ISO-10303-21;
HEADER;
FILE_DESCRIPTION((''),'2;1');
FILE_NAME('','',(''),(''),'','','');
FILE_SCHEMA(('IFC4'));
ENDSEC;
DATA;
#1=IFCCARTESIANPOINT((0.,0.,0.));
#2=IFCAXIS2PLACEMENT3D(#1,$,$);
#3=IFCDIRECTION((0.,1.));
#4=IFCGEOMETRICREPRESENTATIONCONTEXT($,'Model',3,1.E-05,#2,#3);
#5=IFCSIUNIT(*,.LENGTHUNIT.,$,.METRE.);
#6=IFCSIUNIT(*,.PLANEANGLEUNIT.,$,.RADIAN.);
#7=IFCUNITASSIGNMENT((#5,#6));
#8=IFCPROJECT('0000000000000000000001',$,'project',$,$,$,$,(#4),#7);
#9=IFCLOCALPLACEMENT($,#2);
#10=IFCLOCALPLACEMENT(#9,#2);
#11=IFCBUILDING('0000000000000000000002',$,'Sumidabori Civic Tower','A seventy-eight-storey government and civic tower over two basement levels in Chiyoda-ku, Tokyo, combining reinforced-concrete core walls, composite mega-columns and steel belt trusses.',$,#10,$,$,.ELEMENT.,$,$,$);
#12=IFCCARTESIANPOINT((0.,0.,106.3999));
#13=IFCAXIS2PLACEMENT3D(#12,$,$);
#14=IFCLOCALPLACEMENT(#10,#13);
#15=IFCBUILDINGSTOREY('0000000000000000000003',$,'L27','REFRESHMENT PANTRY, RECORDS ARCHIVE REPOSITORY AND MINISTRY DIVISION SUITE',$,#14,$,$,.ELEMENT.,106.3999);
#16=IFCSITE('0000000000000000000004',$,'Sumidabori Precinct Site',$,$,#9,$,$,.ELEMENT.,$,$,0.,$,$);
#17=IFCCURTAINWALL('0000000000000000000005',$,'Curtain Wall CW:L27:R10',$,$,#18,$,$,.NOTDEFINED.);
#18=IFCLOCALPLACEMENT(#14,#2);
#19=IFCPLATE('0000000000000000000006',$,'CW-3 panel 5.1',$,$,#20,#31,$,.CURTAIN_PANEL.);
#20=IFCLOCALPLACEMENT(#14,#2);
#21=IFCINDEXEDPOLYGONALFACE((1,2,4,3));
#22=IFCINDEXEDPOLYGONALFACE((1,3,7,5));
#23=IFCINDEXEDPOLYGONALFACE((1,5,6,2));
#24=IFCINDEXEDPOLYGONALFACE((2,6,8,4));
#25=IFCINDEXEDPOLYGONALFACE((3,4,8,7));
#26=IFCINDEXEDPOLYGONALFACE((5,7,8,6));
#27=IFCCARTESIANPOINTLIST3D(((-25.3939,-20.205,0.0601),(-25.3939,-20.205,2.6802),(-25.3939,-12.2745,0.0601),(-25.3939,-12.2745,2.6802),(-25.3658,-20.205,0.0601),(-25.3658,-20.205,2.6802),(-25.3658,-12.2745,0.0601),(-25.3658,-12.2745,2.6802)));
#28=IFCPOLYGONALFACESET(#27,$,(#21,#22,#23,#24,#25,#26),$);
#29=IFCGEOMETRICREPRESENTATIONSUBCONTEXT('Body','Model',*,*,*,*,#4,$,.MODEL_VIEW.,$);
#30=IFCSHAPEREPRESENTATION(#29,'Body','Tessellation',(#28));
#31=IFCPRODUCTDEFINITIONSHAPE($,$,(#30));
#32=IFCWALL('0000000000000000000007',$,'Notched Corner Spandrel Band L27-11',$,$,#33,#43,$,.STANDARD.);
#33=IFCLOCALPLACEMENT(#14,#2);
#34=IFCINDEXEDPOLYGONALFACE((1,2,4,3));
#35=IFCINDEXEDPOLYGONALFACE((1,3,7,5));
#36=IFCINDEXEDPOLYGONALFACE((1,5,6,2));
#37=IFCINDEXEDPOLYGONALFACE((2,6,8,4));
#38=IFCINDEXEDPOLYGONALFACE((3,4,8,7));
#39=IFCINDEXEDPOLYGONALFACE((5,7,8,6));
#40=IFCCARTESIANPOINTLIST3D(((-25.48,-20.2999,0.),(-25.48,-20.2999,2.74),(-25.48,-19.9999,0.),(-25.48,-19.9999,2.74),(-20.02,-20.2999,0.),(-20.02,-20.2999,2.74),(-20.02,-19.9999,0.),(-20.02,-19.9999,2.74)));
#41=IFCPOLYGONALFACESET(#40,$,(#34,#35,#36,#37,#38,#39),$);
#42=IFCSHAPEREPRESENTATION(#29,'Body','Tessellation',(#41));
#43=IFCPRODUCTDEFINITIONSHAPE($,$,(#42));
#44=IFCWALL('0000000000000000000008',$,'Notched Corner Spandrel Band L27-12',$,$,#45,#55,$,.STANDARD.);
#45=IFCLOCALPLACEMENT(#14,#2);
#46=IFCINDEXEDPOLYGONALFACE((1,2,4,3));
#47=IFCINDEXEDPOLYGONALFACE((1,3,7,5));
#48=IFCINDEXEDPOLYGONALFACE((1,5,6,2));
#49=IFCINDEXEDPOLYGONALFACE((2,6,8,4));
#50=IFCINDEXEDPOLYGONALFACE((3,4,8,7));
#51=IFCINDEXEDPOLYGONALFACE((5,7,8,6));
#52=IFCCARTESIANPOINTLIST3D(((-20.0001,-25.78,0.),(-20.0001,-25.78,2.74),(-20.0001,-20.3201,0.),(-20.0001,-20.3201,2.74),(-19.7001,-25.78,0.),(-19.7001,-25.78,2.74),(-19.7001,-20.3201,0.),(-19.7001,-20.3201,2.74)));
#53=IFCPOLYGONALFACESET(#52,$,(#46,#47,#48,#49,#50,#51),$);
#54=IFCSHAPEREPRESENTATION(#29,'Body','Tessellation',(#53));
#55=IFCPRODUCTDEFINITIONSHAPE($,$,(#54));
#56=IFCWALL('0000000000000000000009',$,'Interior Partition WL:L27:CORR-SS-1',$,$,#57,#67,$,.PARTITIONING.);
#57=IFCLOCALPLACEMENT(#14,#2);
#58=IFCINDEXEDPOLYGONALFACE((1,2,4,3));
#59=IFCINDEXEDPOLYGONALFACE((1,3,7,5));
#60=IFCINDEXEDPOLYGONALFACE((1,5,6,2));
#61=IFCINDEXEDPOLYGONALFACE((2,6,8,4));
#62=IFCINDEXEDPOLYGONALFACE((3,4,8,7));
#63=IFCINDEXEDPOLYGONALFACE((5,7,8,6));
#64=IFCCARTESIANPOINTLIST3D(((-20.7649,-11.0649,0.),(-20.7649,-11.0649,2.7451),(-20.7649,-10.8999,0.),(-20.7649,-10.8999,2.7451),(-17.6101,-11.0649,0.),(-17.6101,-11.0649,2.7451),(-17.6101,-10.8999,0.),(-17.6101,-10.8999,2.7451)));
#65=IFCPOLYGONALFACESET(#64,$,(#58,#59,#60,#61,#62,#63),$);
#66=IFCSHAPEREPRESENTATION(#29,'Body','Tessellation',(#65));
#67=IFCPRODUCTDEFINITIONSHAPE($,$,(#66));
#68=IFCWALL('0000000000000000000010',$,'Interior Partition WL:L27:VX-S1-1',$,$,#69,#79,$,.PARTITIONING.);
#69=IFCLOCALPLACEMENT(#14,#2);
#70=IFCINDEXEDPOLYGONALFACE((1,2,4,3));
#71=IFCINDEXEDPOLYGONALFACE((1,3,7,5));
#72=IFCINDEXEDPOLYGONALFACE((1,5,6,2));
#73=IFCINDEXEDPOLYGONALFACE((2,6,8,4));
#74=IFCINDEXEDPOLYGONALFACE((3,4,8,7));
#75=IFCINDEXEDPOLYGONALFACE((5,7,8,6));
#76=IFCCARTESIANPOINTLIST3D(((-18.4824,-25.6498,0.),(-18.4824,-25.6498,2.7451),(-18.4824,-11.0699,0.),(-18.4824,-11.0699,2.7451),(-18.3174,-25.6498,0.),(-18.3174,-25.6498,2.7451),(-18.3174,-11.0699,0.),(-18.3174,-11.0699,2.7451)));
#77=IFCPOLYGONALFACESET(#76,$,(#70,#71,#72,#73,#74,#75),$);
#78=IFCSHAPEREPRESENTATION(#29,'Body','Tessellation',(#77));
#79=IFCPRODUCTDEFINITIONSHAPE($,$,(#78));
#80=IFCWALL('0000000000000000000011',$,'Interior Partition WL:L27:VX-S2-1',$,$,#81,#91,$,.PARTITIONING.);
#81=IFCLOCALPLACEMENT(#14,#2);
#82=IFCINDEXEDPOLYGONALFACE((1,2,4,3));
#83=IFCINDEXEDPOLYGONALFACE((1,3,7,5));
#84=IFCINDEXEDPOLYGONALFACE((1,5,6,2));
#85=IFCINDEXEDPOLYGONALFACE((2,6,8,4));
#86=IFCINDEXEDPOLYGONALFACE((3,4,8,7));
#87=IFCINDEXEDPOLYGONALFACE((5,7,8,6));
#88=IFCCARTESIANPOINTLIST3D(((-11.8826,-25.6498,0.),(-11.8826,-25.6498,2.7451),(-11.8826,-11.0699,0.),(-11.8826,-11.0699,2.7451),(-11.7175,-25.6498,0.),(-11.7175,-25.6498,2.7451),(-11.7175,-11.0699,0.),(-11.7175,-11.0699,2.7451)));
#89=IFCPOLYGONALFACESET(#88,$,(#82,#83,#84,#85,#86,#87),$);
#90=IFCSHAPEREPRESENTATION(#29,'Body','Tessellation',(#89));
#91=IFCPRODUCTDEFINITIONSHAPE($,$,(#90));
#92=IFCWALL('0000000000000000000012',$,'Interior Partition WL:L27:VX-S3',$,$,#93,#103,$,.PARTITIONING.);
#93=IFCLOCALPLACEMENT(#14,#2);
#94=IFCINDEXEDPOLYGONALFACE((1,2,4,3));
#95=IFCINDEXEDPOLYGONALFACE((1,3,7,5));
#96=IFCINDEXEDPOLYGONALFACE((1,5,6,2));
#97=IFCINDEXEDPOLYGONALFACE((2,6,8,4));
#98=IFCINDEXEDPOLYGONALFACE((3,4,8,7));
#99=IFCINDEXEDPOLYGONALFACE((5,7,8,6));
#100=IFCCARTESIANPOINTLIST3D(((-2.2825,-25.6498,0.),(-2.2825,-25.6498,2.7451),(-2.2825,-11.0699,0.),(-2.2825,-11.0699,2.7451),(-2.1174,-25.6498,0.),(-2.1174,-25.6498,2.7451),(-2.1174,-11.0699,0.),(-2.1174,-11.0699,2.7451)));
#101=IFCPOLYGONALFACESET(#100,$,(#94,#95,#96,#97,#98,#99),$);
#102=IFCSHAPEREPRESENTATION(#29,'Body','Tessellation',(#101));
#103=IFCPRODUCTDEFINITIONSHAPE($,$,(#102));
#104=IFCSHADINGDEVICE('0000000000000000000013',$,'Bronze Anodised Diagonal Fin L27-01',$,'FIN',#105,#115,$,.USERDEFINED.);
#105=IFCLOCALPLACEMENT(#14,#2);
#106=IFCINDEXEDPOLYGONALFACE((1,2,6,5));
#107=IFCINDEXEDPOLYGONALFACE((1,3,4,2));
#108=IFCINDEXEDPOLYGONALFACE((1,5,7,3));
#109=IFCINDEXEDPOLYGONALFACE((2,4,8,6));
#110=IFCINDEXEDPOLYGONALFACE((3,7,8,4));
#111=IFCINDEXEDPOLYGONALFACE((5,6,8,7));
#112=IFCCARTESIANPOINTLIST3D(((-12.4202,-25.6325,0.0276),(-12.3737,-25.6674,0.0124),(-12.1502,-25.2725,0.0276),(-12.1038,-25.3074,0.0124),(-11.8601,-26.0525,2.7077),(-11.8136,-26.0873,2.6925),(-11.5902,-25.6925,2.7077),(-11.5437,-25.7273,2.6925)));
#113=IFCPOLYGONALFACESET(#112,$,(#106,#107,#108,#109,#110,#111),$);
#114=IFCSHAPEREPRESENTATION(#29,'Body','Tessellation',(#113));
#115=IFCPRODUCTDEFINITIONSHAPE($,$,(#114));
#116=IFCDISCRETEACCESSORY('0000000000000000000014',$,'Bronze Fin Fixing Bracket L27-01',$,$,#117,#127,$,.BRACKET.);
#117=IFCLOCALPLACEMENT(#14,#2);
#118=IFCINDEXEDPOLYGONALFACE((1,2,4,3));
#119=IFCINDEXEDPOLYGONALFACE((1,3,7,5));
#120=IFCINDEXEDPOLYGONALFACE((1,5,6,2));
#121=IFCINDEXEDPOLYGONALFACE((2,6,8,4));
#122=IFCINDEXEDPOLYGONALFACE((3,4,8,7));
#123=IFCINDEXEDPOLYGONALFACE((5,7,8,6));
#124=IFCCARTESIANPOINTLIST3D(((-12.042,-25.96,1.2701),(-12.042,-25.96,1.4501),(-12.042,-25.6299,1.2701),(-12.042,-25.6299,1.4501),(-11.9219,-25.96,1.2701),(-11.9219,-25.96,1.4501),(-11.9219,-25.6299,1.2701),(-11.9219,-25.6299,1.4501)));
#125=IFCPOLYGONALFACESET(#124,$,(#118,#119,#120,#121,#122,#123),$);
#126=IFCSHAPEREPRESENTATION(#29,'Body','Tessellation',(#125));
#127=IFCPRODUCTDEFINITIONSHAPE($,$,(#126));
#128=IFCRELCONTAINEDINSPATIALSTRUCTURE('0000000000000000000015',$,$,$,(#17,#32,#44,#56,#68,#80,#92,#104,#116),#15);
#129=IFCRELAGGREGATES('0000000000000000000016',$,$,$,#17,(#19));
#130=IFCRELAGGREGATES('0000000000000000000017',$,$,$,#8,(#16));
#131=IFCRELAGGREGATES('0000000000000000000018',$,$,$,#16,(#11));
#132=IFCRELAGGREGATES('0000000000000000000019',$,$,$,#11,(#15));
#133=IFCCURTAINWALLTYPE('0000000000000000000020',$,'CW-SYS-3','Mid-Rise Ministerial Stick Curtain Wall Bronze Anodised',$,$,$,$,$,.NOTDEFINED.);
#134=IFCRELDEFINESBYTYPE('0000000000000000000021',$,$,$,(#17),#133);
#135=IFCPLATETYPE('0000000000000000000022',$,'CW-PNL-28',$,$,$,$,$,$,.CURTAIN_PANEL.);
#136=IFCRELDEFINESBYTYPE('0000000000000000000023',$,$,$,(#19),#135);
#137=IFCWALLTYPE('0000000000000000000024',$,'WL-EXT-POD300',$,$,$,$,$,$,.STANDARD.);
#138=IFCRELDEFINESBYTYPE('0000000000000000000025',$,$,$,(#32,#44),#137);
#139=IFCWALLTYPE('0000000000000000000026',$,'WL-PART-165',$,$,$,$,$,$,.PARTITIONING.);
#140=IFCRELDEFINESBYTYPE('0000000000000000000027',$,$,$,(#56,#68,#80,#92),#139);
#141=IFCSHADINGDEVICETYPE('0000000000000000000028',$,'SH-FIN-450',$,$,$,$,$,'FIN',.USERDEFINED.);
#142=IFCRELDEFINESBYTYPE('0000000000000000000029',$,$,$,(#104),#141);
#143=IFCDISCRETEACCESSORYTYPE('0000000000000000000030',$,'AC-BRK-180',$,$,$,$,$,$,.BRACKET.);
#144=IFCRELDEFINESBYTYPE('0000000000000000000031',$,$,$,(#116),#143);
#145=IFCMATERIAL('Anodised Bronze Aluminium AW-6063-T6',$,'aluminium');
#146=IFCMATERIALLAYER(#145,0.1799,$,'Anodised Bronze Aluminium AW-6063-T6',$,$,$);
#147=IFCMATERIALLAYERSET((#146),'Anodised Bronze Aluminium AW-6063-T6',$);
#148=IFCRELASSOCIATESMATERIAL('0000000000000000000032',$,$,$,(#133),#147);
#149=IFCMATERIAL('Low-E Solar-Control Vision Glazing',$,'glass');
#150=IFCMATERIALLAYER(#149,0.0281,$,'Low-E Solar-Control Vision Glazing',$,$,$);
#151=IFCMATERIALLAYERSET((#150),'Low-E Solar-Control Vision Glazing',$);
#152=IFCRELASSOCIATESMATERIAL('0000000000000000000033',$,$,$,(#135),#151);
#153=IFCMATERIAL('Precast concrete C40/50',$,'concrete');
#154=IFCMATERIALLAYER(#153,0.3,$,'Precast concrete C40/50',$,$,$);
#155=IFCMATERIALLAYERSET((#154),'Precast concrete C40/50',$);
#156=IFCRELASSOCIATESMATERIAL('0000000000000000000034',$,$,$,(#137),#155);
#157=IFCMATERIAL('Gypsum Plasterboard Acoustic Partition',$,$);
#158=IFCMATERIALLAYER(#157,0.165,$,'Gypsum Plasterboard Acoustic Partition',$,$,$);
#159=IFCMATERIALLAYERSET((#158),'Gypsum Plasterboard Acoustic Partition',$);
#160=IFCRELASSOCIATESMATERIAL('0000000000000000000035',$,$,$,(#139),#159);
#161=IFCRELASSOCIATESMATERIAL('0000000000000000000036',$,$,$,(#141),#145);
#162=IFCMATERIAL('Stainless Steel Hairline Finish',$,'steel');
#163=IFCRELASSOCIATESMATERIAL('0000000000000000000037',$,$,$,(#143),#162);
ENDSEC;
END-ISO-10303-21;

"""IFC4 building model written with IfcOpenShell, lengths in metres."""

from ifc_helpers import new_model, si_unit, direction, frame, frame_2d, origin, origin_2d, place, context, subcontext, project, spatial, rectangle, extrude, source, transform, mapped, material, layer, layer_set, material_profile, profile_set, type_object, element, aggregate, save


model = new_model("IFC4")

# Units and contexts
model_context = context("Model", 3, precision=1e-05, world=origin(), true_north=direction((0.0, 1.0)))
body_context = subcontext(model_context, "Body", "Model", "MODEL_VIEW")
ifc_project = project(units=[si_unit("LENGTHUNIT", "METRE"), si_unit("PLANEANGLEUNIT", "RADIAN")], contexts=[model_context])

# Site, building, storey
site_placement = place(None, origin())
site = spatial("IfcSite", under=ifc_project, at=site_placement, Name="Sumidabori Precinct Site", CompositionType="ELEMENT", RefElevation=0.0)
building_placement = place(site_placement, origin())
building = spatial("IfcBuilding", under=site, at=building_placement, Name="Sumidabori Civic Tower", Description="A seventy-eight-storey government and civic tower over two basement levels in Chiyoda-ku, Tokyo, combining reinforced-concrete core walls, composite mega-columns and steel belt trusses.", CompositionType="ELEMENT")
storey_placement = place(building_placement, frame((0.0, 0.0, 106.3999)))
storey = spatial("IfcBuildingStorey", under=building, at=storey_placement, Name="L27", Description="REFRESHMENT PANTRY, RECORDS ARCHIVE REPOSITORY AND MINISTRY DIVISION SUITE", CompositionType="ELEMENT", Elevation=106.3999)

# Curtain wall
ifc_material_1 = material(Name="Anodised Bronze Aluminium AW-6063-T6", Category="aluminium")
ifc_layer_1 = layer(ifc_material_1, 0.1799, Name="Anodised Bronze Aluminium AW-6063-T6")
ifc_layer_set_1 = layer_set([ifc_layer_1], Name="Anodised Bronze Aluminium AW-6063-T6")
curtain_wall_type = type_object("IfcCurtainWallType", Name="CW-SYS-3", Description="Mid-Rise Ministerial Stick Curtain Wall Bronze Anodised", PredefinedType="NOTDEFINED", material=ifc_layer_set_1)
curtain_wall_1_placement = place(storey_placement, origin())
curtain_wall_1 = element("IfcCurtainWall", 1, at=curtain_wall_1_placement, inside=storey, type_object=curtain_wall_type, Name="Curtain Wall CW:L27:R10", PredefinedType="NOTDEFINED")

# Plate
ifc_material_2 = material(Name="Low-E Solar-Control Vision Glazing", Category="glass")
ifc_layer_2 = layer(ifc_material_2, 0.0281, Name="Low-E Solar-Control Vision Glazing")
ifc_layer_set_2 = layer_set([ifc_layer_2], Name="Low-E Solar-Control Vision Glazing")
plate_type = type_object("IfcPlateType", Name="CW-PNL-28", PredefinedType="CURTAIN_PANEL", material=ifc_layer_set_2)
shared_shape_1 = source(origin(), body_context, "Body", "SweptSolid", [
    extrude(rectangle(XDim=7.9304, YDim=0.0281, at=origin_2d()), origin(), (0.0, 0.0, 1.0), 2.6201),
])
plate_1_placement = place(storey_placement, frame((-25.3799, -16.2397, 0.0601), z_axis=(0.0, 0.0, 1.0), x_axis=(0.0, -1.0, 0.0)))
plate_1 = element("IfcPlate", 2, at=plate_1_placement, type_object=plate_type, Name="CW-3 panel 5.1", PredefinedType="CURTAIN_PANEL", context=body_context, shape_type="MappedRepresentation", body=[
    mapped(shared_shape_1, transform((0.0, 0.0, 0.0), x_axis=(1.0, 0.0, 0.0), y_axis=(0.0, 1.0, 0.0), z_axis=(0.0, 0.0, 1.0), scale=1.0)),
])
aggregate(curtain_wall_1, [plate_1])

# Walls
ifc_material_3 = material(Name="Precast concrete C40/50", Category="concrete")
ifc_layer_3 = layer(ifc_material_3, 0.3, Name="Precast concrete C40/50")
ifc_layer_set_3 = layer_set([ifc_layer_3], Name="Precast concrete C40/50")
wall_type_1 = type_object("IfcWallType", Name="WL-EXT-POD300", PredefinedType="STANDARD", material=ifc_layer_set_3)
shared_shape_2 = source(origin(), body_context, "Body", "SweptSolid", [
    extrude(rectangle(XDim=5.46, YDim=0.3, at=frame_2d((2.73, 0.0))), origin(), (0.0, 0.0, 1.0), 2.74),
])
for number, where, z_axis, x_axis, name in (
    (3, (-25.48, -20.1499, 0.0), (0.0, 0.0, 1.0), (1.0, 0.0, 0.0), "Notched Corner Spandrel Band L27-11"),
    (4, (-19.8501, -20.3201, 0.0), (0.0, 0.0, 1.0), (0.0, -1.0, 0.0), "Notched Corner Spandrel Band L27-12"),
):
    element("IfcWall", number, at=place(storey_placement, frame(where, z_axis=z_axis, x_axis=x_axis)), inside=storey, type_object=wall_type_1, Name=name, PredefinedType="STANDARD", context=body_context, shape_type="MappedRepresentation", body=[
        mapped(shared_shape_2, transform((0.0, 0.0, 0.0), x_axis=(1.0, 0.0, 0.0), y_axis=(0.0, 1.0, 0.0), z_axis=(0.0, 0.0, 1.0), scale=1.0)),
    ])
ifc_material_4 = material(Name="Gypsum Plasterboard Acoustic Partition")
ifc_layer_4 = layer(ifc_material_4, 0.165, Name="Gypsum Plasterboard Acoustic Partition")
ifc_layer_set_4 = layer_set([ifc_layer_4], Name="Gypsum Plasterboard Acoustic Partition")
wall_type_2 = type_object("IfcWallType", Name="WL-PART-165", PredefinedType="PARTITIONING", material=ifc_layer_set_4)
shared_shape_3 = source(origin(), body_context, "Body", "SweptSolid", [
    extrude(rectangle(XDim=3.1548, YDim=0.165, at=frame_2d((1.5774, 0.0))), origin(), (0.0, 0.0, 1.0), 2.7451),
])
wall_placement = place(storey_placement, frame((-20.7649, -10.9824, 0.0), z_axis=(0.0, 0.0, 1.0), x_axis=(1.0, 0.0, 0.0)))
element("IfcWall", 5, at=wall_placement, inside=storey, type_object=wall_type_2, Name="Interior Partition WL:L27:CORR-SS-1", PredefinedType="PARTITIONING", context=body_context, shape_type="MappedRepresentation", body=[
    mapped(shared_shape_3, transform((0.0, 0.0, 0.0), x_axis=(1.0, 0.0, 0.0), y_axis=(0.0, 1.0, 0.0), z_axis=(0.0, 0.0, 1.0), scale=1.0)),
])
shared_shape_4 = source(origin(), body_context, "Body", "SweptSolid", [
    extrude(rectangle(XDim=14.5798, YDim=0.165, at=frame_2d((7.29, 0.0))), origin(), (0.0, 0.0, 1.0), 2.7451),
])
for number, where, z_axis, x_axis, name in (
    (6, (-18.3999, -25.6499, 0.0), (0.0, 0.0, 1.0), (0.0, 1.0, 0.0), "Interior Partition WL:L27:VX-S1-1"),
    (7, (-11.8, -25.6499, 0.0), (0.0, 0.0, 1.0), (0.0, 1.0, 0.0), "Interior Partition WL:L27:VX-S2-1"),
    (8, (-2.2, -25.6499, 0.0), (0.0, 0.0, 1.0), (0.0, 1.0, 0.0), "Interior Partition WL:L27:VX-S3"),
):
    element("IfcWall", number, at=place(storey_placement, frame(where, z_axis=z_axis, x_axis=x_axis)), inside=storey, type_object=wall_type_2, Name=name, PredefinedType="PARTITIONING", context=body_context, shape_type="MappedRepresentation", body=[
        mapped(shared_shape_4, transform((0.0, 0.0, 0.0), x_axis=(1.0, 0.0, 0.0), y_axis=(0.0, 1.0, 0.0), z_axis=(0.0, 0.0, 1.0), scale=1.0)),
    ])

# Shading device
ifc_material_profile_1 = material_profile(ifc_material_1, rectangle(XDim=0.0601, YDim=0.45, at=origin_2d()), Name="BRONZE FIN 450x60")
ifc_profile_set_1 = profile_set([ifc_material_profile_1], Name="Anodised Bronze Aluminium AW-6063-T6")
shading_device_type = type_object("IfcShadingDeviceType", Name="SH-FIN-450", ElementType="FIN", PredefinedType="USERDEFINED", material=ifc_profile_set_1)
shared_shape_5 = source(origin(), body_context, "Body", "SweptSolid", [
    extrude(rectangle(XDim=0.0601, YDim=0.45, at=origin_2d()), origin(), (0.0, 0.0, 1.0), 2.77),
])
shading_device_placement = place(storey_placement, frame((-12.262, -25.47, 0.02), z_axis=(0.202181, -0.151592, 0.967545), x_axis=(0.774117, -0.580419, -0.2527)))
element("IfcShadingDevice", 9, at=shading_device_placement, inside=storey, type_object=shading_device_type, Name="Bronze Anodised Diagonal Fin L27-01", ObjectType="FIN", PredefinedType="USERDEFINED", context=body_context, shape_type="MappedRepresentation", body=[
    mapped(shared_shape_5, transform((0.0, 0.0, 0.0), x_axis=(1.0, 0.0, 0.0), y_axis=(0.0, 1.0, 0.0), z_axis=(0.0, 0.0, 1.0), scale=1.0)),
])

# Discrete accessory
ifc_material_5 = material(Name="Stainless Steel Hairline Finish", Category="steel")
ifc_material_profile_2 = material_profile(ifc_material_5, rectangle(XDim=0.1201, YDim=0.1799, at=origin_2d()), Name="STEEL BRACKET 180x120")
ifc_profile_set_2 = profile_set([ifc_material_profile_2], Name="Stainless Steel Hairline Finish")
discrete_accessory_type = type_object("IfcDiscreteAccessoryType", Name="AC-BRK-180", PredefinedType="BRACKET", material=ifc_profile_set_2)
shared_shape_6 = source(origin(), body_context, "Body", "SweptSolid", [
    extrude(rectangle(XDim=0.1201, YDim=0.1799, at=origin_2d()), origin(), (0.0, 0.0, 1.0), 0.3301),
])
discrete_accessory_placement = place(storey_placement, frame((-11.9819, -25.6299, 1.3601), z_axis=(0.0, -1.0, 0.0), x_axis=(1.0, 0.0, 0.0)))
element("IfcDiscreteAccessory", 10, at=discrete_accessory_placement, inside=storey, type_object=discrete_accessory_type, Name="Bronze Fin Fixing Bracket L27-01", PredefinedType="BRACKET", context=body_context, shape_type="MappedRepresentation", body=[
    mapped(shared_shape_6, transform((0.0, 0.0, 0.0), x_axis=(1.0, 0.0, 0.0), y_axis=(0.0, 1.0, 0.0), z_axis=(0.0, 0.0, 1.0), scale=1.0)),
])

save(model, "model.ifc")
